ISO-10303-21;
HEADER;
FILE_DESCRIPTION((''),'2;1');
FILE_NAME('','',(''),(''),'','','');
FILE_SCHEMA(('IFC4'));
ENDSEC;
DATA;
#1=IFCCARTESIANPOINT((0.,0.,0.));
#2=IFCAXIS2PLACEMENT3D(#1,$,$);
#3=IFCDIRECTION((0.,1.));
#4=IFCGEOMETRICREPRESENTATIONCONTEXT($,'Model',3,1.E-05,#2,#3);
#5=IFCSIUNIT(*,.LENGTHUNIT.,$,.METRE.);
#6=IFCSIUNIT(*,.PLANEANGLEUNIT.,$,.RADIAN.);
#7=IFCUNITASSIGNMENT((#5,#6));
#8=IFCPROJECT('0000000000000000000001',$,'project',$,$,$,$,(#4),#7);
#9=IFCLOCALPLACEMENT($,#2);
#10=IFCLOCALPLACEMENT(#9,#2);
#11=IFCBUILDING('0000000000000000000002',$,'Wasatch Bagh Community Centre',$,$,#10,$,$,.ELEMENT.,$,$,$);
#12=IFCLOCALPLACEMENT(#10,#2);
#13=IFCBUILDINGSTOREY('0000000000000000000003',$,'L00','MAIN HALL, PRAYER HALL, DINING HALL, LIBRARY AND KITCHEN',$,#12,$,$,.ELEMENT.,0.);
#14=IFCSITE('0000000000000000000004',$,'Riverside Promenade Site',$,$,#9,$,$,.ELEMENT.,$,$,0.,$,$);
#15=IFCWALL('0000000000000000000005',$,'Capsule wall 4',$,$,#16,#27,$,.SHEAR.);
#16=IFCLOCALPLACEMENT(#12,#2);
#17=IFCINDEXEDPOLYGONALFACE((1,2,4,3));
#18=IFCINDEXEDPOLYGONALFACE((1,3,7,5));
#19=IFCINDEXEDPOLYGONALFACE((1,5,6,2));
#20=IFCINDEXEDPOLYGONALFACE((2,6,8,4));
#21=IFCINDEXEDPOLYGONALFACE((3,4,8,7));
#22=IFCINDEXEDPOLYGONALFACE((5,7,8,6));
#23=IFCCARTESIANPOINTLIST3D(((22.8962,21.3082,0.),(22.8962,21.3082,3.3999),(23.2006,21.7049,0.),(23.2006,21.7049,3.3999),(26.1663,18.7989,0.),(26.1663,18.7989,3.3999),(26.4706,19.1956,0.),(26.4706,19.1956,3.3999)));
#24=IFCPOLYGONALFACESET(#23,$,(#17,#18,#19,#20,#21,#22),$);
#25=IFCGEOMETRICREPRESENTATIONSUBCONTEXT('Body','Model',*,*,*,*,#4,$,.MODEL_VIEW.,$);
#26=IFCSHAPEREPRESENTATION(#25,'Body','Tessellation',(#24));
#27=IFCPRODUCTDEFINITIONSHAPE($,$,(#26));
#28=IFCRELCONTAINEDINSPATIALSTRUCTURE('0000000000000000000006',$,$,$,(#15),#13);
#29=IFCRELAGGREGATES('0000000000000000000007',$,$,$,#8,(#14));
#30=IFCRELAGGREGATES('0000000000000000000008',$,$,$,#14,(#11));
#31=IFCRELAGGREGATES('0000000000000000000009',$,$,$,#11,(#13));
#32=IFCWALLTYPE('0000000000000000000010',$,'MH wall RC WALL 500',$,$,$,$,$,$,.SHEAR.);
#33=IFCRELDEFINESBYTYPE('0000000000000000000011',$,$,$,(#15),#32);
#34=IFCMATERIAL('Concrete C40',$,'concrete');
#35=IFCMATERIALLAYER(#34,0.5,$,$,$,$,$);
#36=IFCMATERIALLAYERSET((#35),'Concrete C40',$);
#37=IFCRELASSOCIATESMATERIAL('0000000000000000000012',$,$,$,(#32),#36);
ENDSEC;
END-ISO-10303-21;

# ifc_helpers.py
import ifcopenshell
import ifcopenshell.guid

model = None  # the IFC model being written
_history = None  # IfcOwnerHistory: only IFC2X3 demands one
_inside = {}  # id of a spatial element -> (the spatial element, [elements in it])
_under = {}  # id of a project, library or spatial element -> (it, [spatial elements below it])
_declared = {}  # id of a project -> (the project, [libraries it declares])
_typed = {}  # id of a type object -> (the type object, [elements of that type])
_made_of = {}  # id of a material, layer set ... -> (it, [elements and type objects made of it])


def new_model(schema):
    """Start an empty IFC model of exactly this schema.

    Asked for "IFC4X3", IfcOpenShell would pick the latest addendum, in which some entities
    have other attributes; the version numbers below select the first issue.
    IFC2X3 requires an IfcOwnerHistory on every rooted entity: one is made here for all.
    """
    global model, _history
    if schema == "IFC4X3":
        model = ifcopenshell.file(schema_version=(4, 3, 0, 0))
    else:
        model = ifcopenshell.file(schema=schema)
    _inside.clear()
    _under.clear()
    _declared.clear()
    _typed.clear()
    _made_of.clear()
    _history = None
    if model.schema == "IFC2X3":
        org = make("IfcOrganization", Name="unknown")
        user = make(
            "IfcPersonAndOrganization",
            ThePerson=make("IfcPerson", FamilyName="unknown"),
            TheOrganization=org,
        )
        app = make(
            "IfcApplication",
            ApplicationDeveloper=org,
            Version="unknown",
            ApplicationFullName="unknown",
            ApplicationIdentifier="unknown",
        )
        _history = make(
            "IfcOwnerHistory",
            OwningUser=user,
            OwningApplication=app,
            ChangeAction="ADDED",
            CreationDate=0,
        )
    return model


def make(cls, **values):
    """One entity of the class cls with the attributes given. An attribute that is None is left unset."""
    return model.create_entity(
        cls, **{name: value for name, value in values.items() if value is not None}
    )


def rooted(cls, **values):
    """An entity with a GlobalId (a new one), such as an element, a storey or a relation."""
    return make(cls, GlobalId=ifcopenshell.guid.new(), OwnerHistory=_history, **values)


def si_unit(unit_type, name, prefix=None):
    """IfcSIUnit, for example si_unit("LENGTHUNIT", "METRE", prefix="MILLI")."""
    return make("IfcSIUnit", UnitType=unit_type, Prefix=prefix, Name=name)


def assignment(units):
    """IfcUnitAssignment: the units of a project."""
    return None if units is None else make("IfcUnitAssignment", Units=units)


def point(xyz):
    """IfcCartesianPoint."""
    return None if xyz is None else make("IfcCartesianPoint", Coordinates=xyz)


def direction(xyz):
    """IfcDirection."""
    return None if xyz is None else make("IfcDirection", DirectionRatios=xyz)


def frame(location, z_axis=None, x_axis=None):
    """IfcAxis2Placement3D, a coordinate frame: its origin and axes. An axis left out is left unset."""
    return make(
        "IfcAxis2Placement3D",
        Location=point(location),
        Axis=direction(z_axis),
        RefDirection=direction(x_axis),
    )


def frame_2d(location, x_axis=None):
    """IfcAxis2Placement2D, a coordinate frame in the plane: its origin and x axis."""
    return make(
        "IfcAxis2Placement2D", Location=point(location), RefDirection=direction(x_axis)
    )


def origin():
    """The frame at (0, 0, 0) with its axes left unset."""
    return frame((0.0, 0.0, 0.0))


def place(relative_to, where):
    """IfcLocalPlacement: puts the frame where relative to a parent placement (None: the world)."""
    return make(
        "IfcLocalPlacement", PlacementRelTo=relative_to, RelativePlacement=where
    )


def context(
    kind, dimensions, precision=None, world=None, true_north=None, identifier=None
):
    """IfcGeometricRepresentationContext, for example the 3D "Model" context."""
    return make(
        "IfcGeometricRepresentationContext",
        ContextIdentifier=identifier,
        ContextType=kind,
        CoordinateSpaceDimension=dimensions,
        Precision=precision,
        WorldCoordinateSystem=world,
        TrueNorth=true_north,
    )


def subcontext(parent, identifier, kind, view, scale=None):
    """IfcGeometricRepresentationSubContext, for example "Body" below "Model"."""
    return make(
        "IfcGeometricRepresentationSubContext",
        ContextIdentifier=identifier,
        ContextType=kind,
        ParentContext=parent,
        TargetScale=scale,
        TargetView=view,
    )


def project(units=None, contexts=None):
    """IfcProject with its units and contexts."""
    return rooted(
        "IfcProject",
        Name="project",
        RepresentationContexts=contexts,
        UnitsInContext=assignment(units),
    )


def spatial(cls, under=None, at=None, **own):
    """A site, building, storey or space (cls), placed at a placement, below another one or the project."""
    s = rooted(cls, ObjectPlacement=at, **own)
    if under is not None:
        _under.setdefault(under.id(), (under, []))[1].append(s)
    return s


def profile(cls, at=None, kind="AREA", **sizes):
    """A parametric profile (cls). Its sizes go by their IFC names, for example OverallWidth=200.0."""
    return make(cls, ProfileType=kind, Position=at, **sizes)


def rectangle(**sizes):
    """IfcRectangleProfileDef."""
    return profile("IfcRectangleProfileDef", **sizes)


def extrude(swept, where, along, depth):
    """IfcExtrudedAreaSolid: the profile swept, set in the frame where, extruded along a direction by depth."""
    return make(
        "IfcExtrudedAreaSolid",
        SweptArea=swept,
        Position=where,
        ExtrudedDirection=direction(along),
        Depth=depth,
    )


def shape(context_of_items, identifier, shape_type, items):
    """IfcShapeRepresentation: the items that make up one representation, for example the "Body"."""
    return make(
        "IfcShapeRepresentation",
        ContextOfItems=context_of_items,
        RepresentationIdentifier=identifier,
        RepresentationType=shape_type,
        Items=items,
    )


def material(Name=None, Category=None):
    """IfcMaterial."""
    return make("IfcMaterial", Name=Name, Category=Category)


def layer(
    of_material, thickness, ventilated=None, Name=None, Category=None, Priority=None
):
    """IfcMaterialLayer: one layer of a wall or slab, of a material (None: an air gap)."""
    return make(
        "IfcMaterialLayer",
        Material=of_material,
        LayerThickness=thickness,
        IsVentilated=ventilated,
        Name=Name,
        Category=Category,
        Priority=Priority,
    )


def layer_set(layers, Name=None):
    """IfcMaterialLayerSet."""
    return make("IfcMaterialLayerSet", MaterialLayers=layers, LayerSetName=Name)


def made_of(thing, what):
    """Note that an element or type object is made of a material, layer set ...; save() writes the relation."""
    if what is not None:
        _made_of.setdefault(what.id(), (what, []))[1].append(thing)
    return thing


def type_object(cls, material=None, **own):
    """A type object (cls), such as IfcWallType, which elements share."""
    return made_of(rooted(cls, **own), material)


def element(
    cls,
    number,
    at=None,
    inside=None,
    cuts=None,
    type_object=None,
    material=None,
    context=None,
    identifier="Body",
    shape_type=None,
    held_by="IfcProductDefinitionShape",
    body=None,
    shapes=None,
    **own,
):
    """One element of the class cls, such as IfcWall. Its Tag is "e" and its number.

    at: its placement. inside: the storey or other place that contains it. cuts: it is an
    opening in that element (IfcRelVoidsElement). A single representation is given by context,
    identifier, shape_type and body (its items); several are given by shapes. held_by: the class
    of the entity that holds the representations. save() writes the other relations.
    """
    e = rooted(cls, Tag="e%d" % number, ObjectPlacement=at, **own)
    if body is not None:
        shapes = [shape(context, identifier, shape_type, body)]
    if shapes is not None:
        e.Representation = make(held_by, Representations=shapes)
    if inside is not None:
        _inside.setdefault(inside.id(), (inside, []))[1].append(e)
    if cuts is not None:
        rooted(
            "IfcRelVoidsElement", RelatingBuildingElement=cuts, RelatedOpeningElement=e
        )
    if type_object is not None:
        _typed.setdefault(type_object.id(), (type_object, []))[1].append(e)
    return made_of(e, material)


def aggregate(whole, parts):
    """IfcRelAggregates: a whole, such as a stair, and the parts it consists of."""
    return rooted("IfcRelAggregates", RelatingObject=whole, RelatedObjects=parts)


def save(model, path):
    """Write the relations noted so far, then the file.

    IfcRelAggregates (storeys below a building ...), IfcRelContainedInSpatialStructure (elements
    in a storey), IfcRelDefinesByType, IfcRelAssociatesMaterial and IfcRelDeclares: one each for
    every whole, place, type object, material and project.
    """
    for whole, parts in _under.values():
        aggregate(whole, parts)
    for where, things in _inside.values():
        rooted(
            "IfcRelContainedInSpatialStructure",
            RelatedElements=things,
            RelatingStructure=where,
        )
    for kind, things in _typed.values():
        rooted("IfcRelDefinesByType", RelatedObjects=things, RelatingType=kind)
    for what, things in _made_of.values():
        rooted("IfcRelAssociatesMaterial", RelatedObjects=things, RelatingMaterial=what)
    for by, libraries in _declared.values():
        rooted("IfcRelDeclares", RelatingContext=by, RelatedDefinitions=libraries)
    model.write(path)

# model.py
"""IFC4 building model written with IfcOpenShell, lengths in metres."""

from ifc_helpers import new_model, si_unit, direction, frame, frame_2d, origin, place, context, subcontext, project, spatial, rectangle, extrude, material, layer, layer_set, type_object, element, save


model = new_model("IFC4")

# Units and contexts
model_context = context("Model", 3, precision=1e-05, world=origin(), true_north=direction((0.0, 1.0)))
body_context = subcontext(model_context, "Body", "Model", "MODEL_VIEW")
ifc_project = project(units=[si_unit("LENGTHUNIT", "METRE"), si_unit("PLANEANGLEUNIT", "RADIAN")], contexts=[model_context])

# Site, building, storey
site_placement = place(None, origin())
site = spatial("IfcSite", under=ifc_project, at=site_placement, Name="Riverside Promenade Site", CompositionType="ELEMENT", RefElevation=0.0)
building_placement = place(site_placement, origin())
building = spatial("IfcBuilding", under=site, at=building_placement, Name="Wasatch Bagh Community Centre", CompositionType="ELEMENT")
storey_placement = place(building_placement, origin())
storey = spatial("IfcBuildingStorey", under=building, at=storey_placement, Name="L00", Description="MAIN HALL, PRAYER HALL, DINING HALL, LIBRARY AND KITCHEN", CompositionType="ELEMENT", Elevation=0.0)

# Shared definitions
ifc_material_1 = material(Name="Concrete C40", Category="concrete")

# Wall
ifc_layer_1 = layer(ifc_material_1, 0.5)
ifc_layer_set_1 = layer_set([ifc_layer_1], Name="Concrete C40")
wall_type_1 = type_object("IfcWallType", Name="MH wall RC WALL 500", PredefinedType="SHEAR", material=ifc_layer_set_1)
wall_1_placement = place(storey_placement, frame((23.0483, 21.5066, 0.0), z_axis=(0.0, 0.0, 1.0), x_axis=(0.793341, -0.608777, 0.0)))
element("IfcWall", 1, at=wall_1_placement, inside=storey, type_object=wall_type_1, Name="Capsule wall 4", PredefinedType="SHEAR", context=body_context, shape_type="SweptSolid", body=[
    extrude(rectangle(XDim=4.1218, YDim=0.5, at=frame_2d((2.061, 0.0))), origin(), (0.0, 0.0, 1.0), 3.3999),
])

save(model, "model.ifc")
